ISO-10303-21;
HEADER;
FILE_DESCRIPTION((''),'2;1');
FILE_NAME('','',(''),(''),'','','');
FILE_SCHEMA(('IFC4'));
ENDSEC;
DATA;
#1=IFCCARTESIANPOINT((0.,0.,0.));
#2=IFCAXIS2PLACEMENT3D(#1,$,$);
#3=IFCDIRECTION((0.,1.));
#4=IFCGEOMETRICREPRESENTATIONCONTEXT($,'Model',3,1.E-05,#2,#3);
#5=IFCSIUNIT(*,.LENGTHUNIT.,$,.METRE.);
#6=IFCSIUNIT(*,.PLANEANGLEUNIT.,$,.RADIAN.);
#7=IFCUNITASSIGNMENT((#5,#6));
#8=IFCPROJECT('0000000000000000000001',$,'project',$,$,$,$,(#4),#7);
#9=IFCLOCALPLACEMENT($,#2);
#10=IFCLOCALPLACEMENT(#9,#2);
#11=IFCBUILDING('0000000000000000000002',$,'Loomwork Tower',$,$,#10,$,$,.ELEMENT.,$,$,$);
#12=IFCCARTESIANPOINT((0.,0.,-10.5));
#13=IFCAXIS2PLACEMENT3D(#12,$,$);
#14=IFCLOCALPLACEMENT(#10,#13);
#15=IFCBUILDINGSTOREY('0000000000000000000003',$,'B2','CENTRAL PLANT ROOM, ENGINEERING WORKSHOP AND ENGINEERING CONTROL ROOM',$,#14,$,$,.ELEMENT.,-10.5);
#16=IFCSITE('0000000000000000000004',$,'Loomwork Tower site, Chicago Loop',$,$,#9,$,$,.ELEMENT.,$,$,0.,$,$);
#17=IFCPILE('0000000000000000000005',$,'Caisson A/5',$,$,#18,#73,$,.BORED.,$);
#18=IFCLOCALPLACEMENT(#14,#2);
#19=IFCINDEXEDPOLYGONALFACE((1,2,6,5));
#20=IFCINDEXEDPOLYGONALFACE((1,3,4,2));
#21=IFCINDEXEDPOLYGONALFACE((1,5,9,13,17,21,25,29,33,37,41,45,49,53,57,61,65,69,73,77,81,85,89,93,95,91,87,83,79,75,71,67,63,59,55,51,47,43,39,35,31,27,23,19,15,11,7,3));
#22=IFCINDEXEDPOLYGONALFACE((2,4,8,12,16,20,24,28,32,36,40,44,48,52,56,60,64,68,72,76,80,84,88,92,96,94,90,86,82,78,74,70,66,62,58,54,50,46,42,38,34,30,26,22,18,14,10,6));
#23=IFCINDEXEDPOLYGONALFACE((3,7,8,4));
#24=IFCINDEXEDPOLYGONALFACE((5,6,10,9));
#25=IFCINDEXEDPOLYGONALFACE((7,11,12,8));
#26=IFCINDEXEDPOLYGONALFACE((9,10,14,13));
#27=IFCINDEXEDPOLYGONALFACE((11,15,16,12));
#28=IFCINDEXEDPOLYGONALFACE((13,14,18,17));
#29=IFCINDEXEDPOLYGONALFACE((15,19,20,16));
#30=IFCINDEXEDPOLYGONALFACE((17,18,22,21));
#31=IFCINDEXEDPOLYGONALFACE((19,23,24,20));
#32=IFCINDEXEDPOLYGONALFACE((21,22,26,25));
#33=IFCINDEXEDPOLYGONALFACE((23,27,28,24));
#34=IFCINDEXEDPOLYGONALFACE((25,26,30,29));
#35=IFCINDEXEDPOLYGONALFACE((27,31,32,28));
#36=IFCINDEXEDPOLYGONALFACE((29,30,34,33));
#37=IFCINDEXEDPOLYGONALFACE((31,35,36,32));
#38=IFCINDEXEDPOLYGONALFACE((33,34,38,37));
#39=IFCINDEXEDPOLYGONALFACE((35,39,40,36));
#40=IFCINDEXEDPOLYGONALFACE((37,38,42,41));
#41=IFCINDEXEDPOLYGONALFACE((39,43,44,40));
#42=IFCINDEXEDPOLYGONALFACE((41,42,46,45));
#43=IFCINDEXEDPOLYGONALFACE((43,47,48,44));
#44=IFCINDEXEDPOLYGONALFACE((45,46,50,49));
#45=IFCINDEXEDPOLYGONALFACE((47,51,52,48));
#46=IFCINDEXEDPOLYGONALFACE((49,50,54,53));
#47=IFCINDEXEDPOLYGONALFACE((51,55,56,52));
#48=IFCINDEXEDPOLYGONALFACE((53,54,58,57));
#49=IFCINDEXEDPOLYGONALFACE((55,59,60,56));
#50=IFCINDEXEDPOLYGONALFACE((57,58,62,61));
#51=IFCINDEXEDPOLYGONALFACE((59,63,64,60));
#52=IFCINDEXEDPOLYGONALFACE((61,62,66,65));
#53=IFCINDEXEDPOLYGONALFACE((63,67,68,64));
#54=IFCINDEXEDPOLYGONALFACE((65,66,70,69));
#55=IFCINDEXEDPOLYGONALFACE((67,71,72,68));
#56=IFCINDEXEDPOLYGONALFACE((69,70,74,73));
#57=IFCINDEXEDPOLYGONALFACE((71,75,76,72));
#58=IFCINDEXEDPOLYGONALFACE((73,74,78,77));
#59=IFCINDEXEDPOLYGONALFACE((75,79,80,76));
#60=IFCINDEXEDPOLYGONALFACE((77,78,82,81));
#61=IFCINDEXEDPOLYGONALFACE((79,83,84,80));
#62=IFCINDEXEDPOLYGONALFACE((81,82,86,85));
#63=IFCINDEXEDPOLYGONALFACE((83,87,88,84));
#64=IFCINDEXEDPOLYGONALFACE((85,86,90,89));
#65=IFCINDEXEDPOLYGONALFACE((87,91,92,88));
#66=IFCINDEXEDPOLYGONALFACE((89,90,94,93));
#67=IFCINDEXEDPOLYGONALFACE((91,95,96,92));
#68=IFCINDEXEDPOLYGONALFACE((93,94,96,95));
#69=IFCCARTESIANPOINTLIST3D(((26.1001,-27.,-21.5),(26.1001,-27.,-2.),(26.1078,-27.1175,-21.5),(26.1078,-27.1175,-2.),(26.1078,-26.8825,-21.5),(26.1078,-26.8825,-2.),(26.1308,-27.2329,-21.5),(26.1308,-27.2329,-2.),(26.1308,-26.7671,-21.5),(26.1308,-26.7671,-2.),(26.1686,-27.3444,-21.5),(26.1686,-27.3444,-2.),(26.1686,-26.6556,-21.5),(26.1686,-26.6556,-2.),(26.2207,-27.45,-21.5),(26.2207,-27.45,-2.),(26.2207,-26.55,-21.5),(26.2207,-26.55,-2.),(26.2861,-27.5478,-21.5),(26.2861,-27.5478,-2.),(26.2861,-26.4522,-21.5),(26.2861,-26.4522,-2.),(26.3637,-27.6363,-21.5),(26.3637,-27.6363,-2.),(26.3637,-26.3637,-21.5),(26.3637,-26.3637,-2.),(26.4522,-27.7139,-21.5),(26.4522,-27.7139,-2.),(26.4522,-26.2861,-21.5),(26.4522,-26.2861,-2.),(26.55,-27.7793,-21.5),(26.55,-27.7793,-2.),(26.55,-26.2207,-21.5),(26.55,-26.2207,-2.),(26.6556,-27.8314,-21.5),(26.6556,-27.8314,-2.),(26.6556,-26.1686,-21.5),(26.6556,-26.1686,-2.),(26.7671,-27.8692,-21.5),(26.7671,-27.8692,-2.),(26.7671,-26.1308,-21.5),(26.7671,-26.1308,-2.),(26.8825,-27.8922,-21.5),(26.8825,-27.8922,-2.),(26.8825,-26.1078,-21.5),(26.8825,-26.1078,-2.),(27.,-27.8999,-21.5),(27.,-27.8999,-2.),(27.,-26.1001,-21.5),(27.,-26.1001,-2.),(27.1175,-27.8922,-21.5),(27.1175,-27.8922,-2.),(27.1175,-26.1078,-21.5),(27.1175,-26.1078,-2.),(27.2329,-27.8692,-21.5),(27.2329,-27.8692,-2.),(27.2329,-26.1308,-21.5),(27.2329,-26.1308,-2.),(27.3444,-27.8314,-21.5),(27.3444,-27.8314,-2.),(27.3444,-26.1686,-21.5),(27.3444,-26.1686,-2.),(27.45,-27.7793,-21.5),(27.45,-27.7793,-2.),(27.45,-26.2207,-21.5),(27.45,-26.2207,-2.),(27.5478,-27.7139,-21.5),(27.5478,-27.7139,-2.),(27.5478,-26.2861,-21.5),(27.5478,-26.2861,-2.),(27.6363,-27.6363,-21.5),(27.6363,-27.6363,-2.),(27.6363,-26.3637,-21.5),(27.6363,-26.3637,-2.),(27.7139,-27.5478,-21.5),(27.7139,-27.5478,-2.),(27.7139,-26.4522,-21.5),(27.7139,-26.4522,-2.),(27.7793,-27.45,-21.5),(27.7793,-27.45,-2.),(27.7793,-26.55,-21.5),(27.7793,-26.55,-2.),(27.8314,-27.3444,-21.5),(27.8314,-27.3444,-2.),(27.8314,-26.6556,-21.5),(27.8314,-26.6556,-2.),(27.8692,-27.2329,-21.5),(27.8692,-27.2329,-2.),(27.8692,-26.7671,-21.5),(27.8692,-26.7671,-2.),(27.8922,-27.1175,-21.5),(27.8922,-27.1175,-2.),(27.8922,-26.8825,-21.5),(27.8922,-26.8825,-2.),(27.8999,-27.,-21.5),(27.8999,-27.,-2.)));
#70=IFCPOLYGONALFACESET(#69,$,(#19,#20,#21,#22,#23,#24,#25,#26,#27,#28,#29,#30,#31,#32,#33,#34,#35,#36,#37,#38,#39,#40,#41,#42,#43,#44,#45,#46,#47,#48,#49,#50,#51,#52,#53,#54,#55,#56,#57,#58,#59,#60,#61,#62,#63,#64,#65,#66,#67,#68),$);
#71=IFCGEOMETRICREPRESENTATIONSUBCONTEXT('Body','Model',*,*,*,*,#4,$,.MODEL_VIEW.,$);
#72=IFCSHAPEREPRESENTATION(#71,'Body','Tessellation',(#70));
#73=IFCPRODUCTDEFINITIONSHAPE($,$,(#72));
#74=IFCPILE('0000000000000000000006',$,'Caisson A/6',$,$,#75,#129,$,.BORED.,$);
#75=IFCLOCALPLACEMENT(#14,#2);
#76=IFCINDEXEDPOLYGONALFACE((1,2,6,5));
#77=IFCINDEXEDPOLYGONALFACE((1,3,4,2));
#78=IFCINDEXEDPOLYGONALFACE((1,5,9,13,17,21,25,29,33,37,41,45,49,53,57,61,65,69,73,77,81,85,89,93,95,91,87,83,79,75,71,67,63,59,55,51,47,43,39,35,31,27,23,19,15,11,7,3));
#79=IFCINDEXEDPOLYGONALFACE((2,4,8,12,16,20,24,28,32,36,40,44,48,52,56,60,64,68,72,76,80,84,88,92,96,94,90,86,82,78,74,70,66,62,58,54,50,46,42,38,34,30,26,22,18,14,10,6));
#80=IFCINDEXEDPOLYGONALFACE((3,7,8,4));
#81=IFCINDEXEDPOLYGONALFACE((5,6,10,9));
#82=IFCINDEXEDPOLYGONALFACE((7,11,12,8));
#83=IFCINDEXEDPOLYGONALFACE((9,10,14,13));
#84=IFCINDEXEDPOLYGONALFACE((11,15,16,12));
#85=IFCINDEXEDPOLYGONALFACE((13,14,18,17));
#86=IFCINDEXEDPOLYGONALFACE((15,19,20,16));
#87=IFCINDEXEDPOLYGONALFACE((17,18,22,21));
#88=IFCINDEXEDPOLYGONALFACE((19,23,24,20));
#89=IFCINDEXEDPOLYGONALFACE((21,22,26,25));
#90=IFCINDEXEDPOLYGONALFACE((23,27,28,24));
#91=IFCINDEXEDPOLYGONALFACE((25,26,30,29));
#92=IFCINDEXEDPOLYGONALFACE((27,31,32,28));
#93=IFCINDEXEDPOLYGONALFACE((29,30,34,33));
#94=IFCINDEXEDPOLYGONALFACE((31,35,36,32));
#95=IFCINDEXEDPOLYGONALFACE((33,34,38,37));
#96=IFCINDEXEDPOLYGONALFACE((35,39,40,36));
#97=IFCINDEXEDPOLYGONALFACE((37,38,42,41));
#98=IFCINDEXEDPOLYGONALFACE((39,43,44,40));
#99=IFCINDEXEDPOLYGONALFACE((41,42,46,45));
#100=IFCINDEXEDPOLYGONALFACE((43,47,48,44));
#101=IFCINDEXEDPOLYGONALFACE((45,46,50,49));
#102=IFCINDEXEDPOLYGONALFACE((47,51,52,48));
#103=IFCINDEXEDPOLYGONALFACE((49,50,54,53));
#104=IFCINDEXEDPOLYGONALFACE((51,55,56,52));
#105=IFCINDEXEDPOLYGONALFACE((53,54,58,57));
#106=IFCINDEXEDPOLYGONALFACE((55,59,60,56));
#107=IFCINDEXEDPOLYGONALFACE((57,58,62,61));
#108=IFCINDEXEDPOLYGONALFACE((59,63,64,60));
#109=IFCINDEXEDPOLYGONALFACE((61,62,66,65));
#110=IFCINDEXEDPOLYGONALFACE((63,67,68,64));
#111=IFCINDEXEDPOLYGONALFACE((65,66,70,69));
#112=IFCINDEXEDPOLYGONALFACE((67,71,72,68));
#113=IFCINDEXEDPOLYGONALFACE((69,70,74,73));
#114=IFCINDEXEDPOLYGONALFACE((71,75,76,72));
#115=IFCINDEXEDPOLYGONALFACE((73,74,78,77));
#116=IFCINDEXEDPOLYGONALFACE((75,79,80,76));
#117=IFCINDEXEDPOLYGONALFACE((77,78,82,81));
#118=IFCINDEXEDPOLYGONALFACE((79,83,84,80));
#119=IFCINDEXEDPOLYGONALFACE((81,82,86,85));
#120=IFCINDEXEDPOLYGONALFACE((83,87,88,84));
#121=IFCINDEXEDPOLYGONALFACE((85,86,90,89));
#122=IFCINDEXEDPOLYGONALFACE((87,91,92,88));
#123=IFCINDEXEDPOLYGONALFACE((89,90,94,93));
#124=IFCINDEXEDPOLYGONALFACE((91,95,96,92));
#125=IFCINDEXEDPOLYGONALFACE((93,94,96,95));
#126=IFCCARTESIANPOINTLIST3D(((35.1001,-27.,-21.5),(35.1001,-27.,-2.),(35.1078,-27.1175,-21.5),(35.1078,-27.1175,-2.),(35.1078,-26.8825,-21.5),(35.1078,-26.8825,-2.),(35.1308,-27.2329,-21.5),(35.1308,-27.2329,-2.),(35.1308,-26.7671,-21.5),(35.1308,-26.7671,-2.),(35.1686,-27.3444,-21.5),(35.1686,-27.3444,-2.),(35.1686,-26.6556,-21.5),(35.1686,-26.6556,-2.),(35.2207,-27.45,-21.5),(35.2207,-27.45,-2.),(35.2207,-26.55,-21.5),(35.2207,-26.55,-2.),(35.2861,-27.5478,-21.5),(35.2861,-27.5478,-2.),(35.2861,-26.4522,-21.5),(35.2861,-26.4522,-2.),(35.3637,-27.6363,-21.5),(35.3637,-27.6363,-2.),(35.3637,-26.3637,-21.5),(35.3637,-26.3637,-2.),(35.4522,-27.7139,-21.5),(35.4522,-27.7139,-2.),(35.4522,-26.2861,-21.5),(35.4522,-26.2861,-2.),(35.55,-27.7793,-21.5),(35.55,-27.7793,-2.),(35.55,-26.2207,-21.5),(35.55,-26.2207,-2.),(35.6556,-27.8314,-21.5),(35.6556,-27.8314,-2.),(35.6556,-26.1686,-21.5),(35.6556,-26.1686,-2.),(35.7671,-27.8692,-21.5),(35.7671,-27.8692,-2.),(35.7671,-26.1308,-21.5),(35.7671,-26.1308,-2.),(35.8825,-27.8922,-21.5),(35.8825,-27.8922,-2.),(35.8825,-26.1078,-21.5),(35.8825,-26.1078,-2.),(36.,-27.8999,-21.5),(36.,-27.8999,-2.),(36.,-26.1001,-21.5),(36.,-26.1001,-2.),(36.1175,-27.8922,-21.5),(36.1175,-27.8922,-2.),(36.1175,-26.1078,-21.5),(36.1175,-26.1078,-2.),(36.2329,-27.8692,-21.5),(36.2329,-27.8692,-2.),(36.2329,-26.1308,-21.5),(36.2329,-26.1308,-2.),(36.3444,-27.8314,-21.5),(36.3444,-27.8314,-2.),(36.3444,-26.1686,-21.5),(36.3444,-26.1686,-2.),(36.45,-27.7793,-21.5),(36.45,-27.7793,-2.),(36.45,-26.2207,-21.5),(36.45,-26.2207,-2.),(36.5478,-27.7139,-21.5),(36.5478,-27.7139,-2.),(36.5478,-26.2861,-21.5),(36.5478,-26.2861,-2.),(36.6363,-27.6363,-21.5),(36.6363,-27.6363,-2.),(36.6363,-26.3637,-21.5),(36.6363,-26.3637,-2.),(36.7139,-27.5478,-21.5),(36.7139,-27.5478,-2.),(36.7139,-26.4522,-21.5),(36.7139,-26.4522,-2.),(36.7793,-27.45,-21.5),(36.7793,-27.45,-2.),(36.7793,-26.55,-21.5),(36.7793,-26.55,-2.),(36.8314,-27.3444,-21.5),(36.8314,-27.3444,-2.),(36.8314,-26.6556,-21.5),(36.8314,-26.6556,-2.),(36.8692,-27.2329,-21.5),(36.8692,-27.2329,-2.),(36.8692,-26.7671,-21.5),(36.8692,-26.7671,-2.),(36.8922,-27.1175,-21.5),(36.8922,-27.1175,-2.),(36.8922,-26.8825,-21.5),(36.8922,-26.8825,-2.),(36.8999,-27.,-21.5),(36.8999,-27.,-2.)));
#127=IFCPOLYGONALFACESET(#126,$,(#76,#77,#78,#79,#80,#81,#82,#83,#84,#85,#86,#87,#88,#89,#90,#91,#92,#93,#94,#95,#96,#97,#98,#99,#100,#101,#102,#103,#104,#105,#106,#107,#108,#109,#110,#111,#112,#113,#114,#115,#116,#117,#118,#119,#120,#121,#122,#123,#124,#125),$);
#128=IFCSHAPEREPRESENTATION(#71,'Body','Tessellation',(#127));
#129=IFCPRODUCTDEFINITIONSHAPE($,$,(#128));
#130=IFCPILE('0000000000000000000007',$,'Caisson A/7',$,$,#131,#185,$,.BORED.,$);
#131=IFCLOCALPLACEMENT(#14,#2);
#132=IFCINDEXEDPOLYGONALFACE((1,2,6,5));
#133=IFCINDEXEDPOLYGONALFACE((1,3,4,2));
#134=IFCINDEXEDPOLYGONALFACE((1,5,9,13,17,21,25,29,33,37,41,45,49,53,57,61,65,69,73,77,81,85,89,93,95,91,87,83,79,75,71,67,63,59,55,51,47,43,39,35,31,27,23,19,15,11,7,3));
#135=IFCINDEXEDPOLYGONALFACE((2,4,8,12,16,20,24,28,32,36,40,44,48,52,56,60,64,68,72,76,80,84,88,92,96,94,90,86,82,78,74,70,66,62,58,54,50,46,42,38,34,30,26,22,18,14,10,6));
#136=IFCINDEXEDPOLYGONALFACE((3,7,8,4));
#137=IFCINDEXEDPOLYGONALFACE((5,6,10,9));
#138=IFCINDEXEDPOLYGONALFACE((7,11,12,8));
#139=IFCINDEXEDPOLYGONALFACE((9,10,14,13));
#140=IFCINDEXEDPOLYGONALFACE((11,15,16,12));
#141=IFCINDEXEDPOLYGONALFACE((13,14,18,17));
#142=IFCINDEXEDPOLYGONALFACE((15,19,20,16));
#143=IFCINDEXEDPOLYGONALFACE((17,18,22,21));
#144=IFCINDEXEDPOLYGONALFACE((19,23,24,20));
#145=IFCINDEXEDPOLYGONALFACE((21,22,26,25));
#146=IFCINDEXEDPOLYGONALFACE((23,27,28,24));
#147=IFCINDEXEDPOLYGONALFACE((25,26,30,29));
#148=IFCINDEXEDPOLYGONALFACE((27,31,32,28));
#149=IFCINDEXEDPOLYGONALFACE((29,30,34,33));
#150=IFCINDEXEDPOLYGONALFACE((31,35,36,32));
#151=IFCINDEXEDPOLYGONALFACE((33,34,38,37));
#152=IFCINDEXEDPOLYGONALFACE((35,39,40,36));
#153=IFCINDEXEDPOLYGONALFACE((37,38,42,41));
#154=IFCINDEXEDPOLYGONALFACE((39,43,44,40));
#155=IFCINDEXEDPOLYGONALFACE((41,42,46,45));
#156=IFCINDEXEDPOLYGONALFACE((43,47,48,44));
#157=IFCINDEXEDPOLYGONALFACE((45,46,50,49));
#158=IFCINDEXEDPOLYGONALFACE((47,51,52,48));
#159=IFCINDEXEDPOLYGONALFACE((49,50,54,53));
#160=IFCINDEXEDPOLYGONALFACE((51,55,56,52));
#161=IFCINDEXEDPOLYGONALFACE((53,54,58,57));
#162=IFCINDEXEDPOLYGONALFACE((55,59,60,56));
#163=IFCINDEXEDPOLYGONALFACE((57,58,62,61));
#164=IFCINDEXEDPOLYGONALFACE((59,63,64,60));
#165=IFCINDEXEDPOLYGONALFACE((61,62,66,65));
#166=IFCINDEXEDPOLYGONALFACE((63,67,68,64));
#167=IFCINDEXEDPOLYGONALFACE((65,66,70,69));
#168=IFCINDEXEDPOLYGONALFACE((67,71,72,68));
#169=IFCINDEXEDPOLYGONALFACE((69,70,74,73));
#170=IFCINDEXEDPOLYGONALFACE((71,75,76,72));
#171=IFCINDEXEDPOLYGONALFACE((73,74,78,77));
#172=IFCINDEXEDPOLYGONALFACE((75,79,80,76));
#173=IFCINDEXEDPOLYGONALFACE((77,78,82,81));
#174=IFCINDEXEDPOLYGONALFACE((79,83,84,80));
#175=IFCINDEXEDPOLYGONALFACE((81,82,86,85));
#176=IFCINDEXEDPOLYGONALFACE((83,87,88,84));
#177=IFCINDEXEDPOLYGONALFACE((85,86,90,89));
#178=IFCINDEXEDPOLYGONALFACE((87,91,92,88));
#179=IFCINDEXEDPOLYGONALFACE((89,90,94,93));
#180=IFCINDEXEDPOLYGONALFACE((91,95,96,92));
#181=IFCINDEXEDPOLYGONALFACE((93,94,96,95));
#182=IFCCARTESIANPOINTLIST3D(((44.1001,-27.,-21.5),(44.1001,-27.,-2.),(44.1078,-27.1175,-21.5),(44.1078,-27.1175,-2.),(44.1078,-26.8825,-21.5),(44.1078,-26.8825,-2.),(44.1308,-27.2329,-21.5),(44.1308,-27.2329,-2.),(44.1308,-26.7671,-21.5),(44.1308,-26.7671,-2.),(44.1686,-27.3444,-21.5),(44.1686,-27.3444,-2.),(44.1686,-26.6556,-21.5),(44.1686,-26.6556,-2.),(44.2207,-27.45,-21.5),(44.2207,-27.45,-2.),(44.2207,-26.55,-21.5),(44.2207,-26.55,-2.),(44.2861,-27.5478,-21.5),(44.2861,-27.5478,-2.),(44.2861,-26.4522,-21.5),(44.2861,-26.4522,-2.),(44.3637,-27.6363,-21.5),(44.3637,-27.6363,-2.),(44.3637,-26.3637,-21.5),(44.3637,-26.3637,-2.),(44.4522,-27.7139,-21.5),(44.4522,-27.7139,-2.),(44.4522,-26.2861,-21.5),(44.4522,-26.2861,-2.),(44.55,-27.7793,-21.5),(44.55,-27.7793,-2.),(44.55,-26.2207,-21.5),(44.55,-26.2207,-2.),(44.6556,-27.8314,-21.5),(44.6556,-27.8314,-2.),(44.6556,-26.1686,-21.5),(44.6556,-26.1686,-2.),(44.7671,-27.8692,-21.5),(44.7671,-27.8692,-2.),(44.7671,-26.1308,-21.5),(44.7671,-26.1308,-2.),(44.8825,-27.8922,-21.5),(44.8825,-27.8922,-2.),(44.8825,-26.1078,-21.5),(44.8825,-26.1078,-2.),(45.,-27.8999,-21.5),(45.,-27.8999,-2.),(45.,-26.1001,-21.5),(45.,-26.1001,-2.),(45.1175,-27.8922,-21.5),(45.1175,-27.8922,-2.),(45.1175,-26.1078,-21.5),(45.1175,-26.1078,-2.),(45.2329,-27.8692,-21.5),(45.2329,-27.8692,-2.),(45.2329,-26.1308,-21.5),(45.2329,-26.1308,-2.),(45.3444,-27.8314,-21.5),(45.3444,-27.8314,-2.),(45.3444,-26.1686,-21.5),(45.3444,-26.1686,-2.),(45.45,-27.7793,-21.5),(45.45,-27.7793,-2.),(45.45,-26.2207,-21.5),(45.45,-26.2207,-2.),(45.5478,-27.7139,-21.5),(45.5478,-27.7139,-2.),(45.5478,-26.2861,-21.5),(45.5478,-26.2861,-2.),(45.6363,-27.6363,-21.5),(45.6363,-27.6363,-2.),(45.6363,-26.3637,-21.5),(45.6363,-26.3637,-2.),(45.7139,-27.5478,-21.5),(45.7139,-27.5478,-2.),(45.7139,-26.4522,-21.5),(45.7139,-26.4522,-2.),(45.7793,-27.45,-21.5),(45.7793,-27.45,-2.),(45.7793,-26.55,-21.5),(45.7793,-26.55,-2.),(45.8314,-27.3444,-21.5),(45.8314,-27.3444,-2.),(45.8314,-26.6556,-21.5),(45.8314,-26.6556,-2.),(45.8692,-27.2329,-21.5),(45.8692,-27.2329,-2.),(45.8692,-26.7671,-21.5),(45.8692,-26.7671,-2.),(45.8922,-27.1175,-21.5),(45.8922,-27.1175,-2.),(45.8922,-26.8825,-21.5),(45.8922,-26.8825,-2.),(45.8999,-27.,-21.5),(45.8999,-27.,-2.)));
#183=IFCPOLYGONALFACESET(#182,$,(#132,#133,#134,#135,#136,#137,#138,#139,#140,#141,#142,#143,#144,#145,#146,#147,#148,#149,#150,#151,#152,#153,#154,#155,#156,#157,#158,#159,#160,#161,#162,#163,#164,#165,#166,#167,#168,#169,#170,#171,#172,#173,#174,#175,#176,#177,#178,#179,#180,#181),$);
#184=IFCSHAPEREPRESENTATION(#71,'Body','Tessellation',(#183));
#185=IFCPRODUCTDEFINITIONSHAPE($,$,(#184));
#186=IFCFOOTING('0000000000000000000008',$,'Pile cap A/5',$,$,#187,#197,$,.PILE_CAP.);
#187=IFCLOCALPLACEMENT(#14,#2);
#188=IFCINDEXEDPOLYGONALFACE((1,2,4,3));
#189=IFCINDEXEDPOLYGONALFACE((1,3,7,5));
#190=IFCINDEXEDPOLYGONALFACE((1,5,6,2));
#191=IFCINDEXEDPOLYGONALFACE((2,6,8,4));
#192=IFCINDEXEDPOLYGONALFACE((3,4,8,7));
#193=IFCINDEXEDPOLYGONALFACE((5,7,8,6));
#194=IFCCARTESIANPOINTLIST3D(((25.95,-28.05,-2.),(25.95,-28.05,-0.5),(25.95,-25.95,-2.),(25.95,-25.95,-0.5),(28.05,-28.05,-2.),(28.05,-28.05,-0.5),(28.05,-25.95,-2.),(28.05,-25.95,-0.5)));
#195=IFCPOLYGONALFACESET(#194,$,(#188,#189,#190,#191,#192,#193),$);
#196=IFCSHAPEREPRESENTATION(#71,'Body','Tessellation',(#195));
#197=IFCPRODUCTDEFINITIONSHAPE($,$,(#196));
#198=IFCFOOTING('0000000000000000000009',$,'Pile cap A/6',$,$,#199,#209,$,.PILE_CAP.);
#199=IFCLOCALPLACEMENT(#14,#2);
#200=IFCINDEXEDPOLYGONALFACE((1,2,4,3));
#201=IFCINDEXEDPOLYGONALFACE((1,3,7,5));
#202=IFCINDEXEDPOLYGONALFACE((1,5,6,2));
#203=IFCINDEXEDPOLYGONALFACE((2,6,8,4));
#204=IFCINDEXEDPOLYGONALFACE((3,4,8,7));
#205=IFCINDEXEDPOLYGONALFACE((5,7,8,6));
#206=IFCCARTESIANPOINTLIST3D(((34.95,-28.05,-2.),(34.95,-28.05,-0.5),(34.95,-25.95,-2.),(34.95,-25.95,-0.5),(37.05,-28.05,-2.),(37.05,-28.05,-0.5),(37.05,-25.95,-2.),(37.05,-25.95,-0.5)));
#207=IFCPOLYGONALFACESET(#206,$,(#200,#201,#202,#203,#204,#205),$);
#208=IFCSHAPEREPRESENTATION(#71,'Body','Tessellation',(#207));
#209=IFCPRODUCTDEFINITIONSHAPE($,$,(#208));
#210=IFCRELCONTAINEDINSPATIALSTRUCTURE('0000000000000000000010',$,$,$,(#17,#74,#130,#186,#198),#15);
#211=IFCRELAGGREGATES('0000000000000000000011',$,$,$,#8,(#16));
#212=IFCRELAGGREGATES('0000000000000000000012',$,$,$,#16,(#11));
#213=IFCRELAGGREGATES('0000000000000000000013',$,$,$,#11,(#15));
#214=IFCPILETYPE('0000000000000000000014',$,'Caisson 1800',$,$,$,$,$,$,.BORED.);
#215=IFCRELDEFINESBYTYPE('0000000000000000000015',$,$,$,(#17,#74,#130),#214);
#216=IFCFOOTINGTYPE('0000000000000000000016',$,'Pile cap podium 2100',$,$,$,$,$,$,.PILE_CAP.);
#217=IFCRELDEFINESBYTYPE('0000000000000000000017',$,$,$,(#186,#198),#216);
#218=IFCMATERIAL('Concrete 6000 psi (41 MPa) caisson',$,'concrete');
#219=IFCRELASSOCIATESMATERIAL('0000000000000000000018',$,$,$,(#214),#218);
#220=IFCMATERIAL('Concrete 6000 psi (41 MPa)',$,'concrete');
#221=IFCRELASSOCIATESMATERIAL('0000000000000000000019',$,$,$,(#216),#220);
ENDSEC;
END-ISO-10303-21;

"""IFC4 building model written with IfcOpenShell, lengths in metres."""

from ifc_helpers import new_model, si_unit, direction, frame, origin, origin_2d, place, context, subcontext, project, spatial, rectangle, circle, extrude, material, material_profile, profile_set, type_object, element, save


model = new_model("IFC4")

# Units and contexts
model_context = context("Model", 3, precision=1e-05, world=origin(), true_north=direction((0.0, 1.0)))
body_context = subcontext(model_context, "Body", "Model", "MODEL_VIEW")
ifc_project = project(units=[si_unit("LENGTHUNIT", "METRE"), si_unit("PLANEANGLEUNIT", "RADIAN")], contexts=[model_context])

# Site, building, storey
site_placement = place(None, origin())
site = spatial("IfcSite", under=ifc_project, at=site_placement, Name="Loomwork Tower site, Chicago Loop", CompositionType="ELEMENT", RefElevation=0.0)
building_placement = place(site_placement, origin())
building = spatial("IfcBuilding", under=site, at=building_placement, Name="Loomwork Tower", CompositionType="ELEMENT")
storey_placement = place(building_placement, frame((0.0, 0.0, -10.5)))
storey = spatial("IfcBuildingStorey", under=building, at=storey_placement, Name="B2", Description="CENTRAL PLANT ROOM, ENGINEERING WORKSHOP AND ENGINEERING CONTROL ROOM", CompositionType="ELEMENT", Elevation=-10.5)

# Piles
ifc_material_1 = material(Name="Concrete 6000 psi (41 MPa) caisson", Category="concrete")
ifc_material_profile_1 = material_profile(ifc_material_1, circle(Radius=0.8999, at=origin_2d()), Name="D1800")
ifc_profile_set_1 = profile_set([ifc_material_profile_1], Name="Concrete 6000 psi (41 MPa) caisson")
pile_type = type_object("IfcPileType", Name="Caisson 1800", PredefinedType="BORED", material=ifc_profile_set_1)
for number, where, z_axis, x_axis, name in (
    (1, (27.0, -27.0, -2.0), (0.0, 0.0, -1.0), (1.0, 0.0, 0.0), "Caisson A/5"),
    (2, (36.0, -27.0, -2.0), (0.0, 0.0, -1.0), (1.0, 0.0, 0.0), "Caisson A/6"),
    (3, (45.0, -27.0, -2.0), (0.0, 0.0, -1.0), (1.0, 0.0, 0.0), "Caisson A/7"),
):
    element("IfcPile", number, at=place(storey_placement, frame(where, z_axis=z_axis, x_axis=x_axis)), inside=storey, type_object=pile_type, Name=name, PredefinedType="BORED", context=body_context, shape_type="SweptSolid", body=[
        extrude(circle(Radius=0.8999, at=origin_2d()), origin(), (0.0, 0.0, 1.0), 19.5),
    ])

# Footings
ifc_material_2 = material(Name="Concrete 6000 psi (41 MPa)", Category="concrete")
footing_type = type_object("IfcFootingType", Name="Pile cap podium 2100", PredefinedType="PILE_CAP", material=ifc_material_2)
for number, where, z_axis, x_axis, name in (
    (4, (27.0, -27.0, -2.0), (0.0, 0.0, 1.0), (1.0, 0.0, 0.0), "Pile cap A/5"),
    (5, (36.0, -27.0, -2.0), (0.0, 0.0, 1.0), (1.0, 0.0, 0.0), "Pile cap A/6"),
):
    element("IfcFooting", number, at=place(storey_placement, frame(where, z_axis=z_axis, x_axis=x_axis)), inside=storey, type_object=footing_type, Name=name, PredefinedType="PILE_CAP", context=body_context, shape_type="SweptSolid", body=[
        extrude(rectangle(XDim=2.1001, YDim=2.1001, at=origin_2d()), origin(), (0.0, 0.0, 1.0), 1.5),
    ])

save(model, "model.ifc")
